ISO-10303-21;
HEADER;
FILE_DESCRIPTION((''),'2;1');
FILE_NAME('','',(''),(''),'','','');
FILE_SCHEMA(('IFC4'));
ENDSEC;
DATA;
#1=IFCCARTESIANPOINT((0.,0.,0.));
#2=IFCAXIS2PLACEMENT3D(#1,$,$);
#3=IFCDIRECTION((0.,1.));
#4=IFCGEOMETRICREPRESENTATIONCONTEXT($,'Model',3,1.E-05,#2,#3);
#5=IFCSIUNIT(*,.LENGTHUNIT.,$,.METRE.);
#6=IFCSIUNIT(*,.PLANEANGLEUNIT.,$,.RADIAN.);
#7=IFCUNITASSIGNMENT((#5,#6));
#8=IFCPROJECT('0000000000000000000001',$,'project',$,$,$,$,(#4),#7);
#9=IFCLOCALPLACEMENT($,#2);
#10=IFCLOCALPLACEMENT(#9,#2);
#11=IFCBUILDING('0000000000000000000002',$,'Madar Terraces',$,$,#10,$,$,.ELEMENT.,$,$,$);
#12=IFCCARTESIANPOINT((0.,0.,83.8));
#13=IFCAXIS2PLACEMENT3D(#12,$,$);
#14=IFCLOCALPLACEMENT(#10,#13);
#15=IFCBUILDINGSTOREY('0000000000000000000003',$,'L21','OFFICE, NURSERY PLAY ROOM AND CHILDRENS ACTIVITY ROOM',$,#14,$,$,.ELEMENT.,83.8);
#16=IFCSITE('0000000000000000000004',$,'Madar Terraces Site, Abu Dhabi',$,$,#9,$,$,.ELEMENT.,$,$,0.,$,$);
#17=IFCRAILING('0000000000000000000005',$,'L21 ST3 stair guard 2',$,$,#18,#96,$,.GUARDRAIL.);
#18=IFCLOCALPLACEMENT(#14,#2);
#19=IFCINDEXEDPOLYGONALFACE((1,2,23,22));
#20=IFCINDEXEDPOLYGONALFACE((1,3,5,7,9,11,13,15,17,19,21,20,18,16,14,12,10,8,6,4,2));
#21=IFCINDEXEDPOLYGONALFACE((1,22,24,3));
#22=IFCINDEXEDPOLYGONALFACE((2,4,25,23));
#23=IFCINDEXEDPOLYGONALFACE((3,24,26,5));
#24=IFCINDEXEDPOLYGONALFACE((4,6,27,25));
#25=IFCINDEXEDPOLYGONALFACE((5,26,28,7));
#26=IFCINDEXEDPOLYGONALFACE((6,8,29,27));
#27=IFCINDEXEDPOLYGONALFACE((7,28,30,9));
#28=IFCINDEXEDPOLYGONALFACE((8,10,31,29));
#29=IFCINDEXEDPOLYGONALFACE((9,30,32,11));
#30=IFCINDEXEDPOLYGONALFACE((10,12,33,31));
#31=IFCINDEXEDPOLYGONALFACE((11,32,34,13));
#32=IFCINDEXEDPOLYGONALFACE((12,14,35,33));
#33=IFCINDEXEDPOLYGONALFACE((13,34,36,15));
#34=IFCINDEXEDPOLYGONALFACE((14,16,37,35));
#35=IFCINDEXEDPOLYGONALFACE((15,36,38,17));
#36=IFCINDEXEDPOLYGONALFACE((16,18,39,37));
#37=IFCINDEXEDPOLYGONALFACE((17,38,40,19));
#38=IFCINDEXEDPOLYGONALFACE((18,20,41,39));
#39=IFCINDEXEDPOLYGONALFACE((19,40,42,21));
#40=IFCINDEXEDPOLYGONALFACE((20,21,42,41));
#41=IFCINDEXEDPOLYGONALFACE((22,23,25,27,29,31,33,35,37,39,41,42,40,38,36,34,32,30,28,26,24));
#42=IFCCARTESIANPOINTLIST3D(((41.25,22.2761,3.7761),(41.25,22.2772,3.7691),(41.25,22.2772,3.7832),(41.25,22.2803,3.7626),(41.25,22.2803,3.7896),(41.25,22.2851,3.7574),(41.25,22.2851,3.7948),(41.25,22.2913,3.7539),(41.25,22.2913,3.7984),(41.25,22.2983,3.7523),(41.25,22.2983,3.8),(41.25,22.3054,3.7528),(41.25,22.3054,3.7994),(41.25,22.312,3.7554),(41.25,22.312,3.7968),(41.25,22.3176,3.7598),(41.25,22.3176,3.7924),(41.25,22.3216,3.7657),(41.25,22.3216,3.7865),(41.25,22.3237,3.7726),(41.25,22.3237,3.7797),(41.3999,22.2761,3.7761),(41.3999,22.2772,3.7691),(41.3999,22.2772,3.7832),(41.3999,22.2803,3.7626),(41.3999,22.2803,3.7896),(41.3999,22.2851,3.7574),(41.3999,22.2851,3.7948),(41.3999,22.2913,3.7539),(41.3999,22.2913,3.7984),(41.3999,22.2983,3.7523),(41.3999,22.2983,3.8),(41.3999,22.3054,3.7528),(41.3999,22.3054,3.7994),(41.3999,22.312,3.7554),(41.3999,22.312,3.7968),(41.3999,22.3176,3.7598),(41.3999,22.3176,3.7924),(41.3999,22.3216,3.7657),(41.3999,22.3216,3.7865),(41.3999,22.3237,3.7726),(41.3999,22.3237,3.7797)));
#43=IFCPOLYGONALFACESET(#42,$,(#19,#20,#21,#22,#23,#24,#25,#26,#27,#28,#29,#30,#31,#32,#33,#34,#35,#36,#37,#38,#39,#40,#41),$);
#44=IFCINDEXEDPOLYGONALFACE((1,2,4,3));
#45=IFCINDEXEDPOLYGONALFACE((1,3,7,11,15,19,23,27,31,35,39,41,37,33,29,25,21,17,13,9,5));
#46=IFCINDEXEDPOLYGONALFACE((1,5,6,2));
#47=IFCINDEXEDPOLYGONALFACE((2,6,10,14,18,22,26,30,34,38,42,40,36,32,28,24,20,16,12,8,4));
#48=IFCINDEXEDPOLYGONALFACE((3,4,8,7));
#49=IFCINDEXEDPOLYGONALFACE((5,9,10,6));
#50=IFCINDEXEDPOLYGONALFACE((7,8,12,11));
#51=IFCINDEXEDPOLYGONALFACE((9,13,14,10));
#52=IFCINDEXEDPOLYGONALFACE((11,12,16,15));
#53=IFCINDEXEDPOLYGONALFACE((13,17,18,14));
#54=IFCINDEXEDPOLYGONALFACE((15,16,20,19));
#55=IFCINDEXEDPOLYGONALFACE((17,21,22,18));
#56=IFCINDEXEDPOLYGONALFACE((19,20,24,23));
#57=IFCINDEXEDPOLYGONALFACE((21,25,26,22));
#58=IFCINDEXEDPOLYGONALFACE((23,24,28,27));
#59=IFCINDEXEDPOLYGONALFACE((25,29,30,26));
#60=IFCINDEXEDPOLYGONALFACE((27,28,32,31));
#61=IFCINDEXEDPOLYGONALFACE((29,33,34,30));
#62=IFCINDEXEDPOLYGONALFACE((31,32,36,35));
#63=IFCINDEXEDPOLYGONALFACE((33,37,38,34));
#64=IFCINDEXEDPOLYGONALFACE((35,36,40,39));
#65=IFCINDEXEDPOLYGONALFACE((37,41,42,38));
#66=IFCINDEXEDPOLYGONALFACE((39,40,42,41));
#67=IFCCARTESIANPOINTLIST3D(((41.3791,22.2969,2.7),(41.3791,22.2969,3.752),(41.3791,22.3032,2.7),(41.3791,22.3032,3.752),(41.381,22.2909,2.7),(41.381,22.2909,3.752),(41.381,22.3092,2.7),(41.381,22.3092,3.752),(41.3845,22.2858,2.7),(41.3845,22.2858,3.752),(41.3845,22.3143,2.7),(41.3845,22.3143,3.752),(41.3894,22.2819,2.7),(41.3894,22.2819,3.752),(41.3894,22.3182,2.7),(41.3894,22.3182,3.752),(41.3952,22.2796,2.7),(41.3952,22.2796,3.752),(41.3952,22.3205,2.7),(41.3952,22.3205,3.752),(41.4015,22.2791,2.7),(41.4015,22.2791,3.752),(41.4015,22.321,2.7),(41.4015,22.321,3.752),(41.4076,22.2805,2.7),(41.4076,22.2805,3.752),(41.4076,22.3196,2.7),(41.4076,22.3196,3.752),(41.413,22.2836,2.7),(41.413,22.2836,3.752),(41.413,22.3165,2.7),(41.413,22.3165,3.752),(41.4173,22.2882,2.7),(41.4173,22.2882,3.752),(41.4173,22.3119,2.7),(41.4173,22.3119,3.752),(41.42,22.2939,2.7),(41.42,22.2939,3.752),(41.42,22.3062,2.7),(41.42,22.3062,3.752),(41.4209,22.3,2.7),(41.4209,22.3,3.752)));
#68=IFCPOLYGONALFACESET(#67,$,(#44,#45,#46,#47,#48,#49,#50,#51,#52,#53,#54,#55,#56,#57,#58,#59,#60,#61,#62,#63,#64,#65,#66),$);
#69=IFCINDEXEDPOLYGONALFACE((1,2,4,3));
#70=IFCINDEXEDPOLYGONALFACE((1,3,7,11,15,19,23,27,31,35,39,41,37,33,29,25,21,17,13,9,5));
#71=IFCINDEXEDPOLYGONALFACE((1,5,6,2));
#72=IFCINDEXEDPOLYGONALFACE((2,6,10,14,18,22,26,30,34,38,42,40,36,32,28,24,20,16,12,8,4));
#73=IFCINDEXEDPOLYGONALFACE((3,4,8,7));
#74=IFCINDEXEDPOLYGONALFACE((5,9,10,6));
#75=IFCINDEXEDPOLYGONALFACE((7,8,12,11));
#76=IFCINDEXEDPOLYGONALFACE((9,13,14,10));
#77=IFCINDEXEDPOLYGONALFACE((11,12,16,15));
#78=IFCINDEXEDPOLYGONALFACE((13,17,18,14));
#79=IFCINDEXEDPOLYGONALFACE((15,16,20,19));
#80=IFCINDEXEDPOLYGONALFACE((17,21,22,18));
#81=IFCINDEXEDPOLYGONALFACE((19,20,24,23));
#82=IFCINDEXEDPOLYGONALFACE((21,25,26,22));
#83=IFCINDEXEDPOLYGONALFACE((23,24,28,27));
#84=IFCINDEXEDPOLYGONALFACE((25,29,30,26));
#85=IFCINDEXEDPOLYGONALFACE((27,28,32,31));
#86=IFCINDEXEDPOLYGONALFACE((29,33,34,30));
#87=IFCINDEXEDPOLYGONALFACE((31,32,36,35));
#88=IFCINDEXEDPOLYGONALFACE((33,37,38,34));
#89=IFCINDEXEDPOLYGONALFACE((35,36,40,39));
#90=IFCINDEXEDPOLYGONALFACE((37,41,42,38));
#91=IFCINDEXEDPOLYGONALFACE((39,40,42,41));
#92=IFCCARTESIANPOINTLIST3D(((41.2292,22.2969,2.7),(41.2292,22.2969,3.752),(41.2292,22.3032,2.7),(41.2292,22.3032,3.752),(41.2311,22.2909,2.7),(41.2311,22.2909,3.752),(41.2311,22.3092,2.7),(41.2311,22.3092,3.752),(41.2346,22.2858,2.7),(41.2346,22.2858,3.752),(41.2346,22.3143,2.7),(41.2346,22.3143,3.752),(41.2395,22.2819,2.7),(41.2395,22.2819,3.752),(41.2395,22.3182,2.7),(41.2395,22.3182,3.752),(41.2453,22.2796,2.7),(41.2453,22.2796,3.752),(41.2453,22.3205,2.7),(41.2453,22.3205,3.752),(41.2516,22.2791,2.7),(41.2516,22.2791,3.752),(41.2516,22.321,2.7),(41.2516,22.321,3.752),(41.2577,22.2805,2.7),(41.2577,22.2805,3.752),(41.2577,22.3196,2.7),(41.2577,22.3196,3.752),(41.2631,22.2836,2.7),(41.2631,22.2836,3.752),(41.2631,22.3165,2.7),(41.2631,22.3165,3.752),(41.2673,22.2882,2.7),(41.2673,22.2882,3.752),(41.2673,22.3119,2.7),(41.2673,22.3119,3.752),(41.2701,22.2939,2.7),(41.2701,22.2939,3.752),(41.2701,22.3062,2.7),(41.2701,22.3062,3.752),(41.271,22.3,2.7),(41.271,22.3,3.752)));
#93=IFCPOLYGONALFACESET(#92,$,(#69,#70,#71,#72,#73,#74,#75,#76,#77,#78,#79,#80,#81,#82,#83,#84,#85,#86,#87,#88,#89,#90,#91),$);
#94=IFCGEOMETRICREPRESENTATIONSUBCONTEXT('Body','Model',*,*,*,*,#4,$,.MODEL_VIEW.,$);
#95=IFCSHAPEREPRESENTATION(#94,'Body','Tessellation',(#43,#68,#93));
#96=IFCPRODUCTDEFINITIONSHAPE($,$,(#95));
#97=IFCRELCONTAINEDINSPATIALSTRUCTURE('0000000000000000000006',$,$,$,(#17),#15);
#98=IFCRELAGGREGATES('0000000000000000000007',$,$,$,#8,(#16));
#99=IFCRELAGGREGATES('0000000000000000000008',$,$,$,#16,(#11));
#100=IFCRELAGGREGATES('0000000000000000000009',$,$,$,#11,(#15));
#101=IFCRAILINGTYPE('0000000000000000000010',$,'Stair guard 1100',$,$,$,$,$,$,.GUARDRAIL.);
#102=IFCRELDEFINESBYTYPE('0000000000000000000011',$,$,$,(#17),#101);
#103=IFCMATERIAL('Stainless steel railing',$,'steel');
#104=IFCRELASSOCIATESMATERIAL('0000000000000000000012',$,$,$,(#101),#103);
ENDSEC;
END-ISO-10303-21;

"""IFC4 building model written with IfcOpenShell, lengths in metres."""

from ifc_helpers import new_model, si_unit, direction, frame, origin, origin_2d, place, context, subcontext, project, spatial, circle, extrude, material, type_object, element, save


model = new_model("IFC4")

# Units and contexts
model_context = context("Model", 3, precision=1e-05, world=origin(), true_north=direction((0.0, 1.0)))
body_context = subcontext(model_context, "Body", "Model", "MODEL_VIEW")
ifc_project = project(units=[si_unit("LENGTHUNIT", "METRE"), si_unit("PLANEANGLEUNIT", "RADIAN")], contexts=[model_context])

# Site, building, storey
site_placement = place(None, origin())
site = spatial("IfcSite", under=ifc_project, at=site_placement, Name="Madar Terraces Site, Abu Dhabi", CompositionType="ELEMENT", RefElevation=0.0)
building_placement = place(site_placement, origin())
building = spatial("IfcBuilding", under=site, at=building_placement, Name="Madar Terraces", CompositionType="ELEMENT")
storey_placement = place(building_placement, frame((0.0, 0.0, 83.8)))
storey = spatial("IfcBuildingStorey", under=building, at=storey_placement, Name="L21", Description="OFFICE, NURSERY PLAY ROOM AND CHILDRENS ACTIVITY ROOM", CompositionType="ELEMENT", Elevation=83.8)

# Railing
ifc_material_1 = material(Name="Stainless steel railing", Category="steel")
railing_type_1 = type_object("IfcRailingType", Name="Stair guard 1100", PredefinedType="GUARDRAIL", material=ifc_material_1)
railing_1_placement = place(storey_placement, frame((41.3999, 22.3, 2.7)))
element("IfcRailing", 1, at=railing_1_placement, inside=storey, type_object=railing_type_1, Name="L21 ST3 stair guard 2", PredefinedType="GUARDRAIL", context=body_context, shape_type="SweptSolid", body=[
    extrude(circle(Radius=0.0239, at=origin_2d()), frame((0.0, 0.0, 1.0762), z_axis=(-1.0, 0.0, 0.0), x_axis=(0.0, -1.0, 0.0)), (0.0, 0.0, 1.0), 0.1499),
    extrude(circle(Radius=0.021, at=origin_2d()), origin(), (0.0, 0.0, 1.0), 1.052),
    extrude(circle(Radius=0.021, at=origin_2d()), frame((-0.1499, 0.0, 0.0)), (0.0, 0.0, 1.0), 1.052),
])

save(model, "model.ifc")
